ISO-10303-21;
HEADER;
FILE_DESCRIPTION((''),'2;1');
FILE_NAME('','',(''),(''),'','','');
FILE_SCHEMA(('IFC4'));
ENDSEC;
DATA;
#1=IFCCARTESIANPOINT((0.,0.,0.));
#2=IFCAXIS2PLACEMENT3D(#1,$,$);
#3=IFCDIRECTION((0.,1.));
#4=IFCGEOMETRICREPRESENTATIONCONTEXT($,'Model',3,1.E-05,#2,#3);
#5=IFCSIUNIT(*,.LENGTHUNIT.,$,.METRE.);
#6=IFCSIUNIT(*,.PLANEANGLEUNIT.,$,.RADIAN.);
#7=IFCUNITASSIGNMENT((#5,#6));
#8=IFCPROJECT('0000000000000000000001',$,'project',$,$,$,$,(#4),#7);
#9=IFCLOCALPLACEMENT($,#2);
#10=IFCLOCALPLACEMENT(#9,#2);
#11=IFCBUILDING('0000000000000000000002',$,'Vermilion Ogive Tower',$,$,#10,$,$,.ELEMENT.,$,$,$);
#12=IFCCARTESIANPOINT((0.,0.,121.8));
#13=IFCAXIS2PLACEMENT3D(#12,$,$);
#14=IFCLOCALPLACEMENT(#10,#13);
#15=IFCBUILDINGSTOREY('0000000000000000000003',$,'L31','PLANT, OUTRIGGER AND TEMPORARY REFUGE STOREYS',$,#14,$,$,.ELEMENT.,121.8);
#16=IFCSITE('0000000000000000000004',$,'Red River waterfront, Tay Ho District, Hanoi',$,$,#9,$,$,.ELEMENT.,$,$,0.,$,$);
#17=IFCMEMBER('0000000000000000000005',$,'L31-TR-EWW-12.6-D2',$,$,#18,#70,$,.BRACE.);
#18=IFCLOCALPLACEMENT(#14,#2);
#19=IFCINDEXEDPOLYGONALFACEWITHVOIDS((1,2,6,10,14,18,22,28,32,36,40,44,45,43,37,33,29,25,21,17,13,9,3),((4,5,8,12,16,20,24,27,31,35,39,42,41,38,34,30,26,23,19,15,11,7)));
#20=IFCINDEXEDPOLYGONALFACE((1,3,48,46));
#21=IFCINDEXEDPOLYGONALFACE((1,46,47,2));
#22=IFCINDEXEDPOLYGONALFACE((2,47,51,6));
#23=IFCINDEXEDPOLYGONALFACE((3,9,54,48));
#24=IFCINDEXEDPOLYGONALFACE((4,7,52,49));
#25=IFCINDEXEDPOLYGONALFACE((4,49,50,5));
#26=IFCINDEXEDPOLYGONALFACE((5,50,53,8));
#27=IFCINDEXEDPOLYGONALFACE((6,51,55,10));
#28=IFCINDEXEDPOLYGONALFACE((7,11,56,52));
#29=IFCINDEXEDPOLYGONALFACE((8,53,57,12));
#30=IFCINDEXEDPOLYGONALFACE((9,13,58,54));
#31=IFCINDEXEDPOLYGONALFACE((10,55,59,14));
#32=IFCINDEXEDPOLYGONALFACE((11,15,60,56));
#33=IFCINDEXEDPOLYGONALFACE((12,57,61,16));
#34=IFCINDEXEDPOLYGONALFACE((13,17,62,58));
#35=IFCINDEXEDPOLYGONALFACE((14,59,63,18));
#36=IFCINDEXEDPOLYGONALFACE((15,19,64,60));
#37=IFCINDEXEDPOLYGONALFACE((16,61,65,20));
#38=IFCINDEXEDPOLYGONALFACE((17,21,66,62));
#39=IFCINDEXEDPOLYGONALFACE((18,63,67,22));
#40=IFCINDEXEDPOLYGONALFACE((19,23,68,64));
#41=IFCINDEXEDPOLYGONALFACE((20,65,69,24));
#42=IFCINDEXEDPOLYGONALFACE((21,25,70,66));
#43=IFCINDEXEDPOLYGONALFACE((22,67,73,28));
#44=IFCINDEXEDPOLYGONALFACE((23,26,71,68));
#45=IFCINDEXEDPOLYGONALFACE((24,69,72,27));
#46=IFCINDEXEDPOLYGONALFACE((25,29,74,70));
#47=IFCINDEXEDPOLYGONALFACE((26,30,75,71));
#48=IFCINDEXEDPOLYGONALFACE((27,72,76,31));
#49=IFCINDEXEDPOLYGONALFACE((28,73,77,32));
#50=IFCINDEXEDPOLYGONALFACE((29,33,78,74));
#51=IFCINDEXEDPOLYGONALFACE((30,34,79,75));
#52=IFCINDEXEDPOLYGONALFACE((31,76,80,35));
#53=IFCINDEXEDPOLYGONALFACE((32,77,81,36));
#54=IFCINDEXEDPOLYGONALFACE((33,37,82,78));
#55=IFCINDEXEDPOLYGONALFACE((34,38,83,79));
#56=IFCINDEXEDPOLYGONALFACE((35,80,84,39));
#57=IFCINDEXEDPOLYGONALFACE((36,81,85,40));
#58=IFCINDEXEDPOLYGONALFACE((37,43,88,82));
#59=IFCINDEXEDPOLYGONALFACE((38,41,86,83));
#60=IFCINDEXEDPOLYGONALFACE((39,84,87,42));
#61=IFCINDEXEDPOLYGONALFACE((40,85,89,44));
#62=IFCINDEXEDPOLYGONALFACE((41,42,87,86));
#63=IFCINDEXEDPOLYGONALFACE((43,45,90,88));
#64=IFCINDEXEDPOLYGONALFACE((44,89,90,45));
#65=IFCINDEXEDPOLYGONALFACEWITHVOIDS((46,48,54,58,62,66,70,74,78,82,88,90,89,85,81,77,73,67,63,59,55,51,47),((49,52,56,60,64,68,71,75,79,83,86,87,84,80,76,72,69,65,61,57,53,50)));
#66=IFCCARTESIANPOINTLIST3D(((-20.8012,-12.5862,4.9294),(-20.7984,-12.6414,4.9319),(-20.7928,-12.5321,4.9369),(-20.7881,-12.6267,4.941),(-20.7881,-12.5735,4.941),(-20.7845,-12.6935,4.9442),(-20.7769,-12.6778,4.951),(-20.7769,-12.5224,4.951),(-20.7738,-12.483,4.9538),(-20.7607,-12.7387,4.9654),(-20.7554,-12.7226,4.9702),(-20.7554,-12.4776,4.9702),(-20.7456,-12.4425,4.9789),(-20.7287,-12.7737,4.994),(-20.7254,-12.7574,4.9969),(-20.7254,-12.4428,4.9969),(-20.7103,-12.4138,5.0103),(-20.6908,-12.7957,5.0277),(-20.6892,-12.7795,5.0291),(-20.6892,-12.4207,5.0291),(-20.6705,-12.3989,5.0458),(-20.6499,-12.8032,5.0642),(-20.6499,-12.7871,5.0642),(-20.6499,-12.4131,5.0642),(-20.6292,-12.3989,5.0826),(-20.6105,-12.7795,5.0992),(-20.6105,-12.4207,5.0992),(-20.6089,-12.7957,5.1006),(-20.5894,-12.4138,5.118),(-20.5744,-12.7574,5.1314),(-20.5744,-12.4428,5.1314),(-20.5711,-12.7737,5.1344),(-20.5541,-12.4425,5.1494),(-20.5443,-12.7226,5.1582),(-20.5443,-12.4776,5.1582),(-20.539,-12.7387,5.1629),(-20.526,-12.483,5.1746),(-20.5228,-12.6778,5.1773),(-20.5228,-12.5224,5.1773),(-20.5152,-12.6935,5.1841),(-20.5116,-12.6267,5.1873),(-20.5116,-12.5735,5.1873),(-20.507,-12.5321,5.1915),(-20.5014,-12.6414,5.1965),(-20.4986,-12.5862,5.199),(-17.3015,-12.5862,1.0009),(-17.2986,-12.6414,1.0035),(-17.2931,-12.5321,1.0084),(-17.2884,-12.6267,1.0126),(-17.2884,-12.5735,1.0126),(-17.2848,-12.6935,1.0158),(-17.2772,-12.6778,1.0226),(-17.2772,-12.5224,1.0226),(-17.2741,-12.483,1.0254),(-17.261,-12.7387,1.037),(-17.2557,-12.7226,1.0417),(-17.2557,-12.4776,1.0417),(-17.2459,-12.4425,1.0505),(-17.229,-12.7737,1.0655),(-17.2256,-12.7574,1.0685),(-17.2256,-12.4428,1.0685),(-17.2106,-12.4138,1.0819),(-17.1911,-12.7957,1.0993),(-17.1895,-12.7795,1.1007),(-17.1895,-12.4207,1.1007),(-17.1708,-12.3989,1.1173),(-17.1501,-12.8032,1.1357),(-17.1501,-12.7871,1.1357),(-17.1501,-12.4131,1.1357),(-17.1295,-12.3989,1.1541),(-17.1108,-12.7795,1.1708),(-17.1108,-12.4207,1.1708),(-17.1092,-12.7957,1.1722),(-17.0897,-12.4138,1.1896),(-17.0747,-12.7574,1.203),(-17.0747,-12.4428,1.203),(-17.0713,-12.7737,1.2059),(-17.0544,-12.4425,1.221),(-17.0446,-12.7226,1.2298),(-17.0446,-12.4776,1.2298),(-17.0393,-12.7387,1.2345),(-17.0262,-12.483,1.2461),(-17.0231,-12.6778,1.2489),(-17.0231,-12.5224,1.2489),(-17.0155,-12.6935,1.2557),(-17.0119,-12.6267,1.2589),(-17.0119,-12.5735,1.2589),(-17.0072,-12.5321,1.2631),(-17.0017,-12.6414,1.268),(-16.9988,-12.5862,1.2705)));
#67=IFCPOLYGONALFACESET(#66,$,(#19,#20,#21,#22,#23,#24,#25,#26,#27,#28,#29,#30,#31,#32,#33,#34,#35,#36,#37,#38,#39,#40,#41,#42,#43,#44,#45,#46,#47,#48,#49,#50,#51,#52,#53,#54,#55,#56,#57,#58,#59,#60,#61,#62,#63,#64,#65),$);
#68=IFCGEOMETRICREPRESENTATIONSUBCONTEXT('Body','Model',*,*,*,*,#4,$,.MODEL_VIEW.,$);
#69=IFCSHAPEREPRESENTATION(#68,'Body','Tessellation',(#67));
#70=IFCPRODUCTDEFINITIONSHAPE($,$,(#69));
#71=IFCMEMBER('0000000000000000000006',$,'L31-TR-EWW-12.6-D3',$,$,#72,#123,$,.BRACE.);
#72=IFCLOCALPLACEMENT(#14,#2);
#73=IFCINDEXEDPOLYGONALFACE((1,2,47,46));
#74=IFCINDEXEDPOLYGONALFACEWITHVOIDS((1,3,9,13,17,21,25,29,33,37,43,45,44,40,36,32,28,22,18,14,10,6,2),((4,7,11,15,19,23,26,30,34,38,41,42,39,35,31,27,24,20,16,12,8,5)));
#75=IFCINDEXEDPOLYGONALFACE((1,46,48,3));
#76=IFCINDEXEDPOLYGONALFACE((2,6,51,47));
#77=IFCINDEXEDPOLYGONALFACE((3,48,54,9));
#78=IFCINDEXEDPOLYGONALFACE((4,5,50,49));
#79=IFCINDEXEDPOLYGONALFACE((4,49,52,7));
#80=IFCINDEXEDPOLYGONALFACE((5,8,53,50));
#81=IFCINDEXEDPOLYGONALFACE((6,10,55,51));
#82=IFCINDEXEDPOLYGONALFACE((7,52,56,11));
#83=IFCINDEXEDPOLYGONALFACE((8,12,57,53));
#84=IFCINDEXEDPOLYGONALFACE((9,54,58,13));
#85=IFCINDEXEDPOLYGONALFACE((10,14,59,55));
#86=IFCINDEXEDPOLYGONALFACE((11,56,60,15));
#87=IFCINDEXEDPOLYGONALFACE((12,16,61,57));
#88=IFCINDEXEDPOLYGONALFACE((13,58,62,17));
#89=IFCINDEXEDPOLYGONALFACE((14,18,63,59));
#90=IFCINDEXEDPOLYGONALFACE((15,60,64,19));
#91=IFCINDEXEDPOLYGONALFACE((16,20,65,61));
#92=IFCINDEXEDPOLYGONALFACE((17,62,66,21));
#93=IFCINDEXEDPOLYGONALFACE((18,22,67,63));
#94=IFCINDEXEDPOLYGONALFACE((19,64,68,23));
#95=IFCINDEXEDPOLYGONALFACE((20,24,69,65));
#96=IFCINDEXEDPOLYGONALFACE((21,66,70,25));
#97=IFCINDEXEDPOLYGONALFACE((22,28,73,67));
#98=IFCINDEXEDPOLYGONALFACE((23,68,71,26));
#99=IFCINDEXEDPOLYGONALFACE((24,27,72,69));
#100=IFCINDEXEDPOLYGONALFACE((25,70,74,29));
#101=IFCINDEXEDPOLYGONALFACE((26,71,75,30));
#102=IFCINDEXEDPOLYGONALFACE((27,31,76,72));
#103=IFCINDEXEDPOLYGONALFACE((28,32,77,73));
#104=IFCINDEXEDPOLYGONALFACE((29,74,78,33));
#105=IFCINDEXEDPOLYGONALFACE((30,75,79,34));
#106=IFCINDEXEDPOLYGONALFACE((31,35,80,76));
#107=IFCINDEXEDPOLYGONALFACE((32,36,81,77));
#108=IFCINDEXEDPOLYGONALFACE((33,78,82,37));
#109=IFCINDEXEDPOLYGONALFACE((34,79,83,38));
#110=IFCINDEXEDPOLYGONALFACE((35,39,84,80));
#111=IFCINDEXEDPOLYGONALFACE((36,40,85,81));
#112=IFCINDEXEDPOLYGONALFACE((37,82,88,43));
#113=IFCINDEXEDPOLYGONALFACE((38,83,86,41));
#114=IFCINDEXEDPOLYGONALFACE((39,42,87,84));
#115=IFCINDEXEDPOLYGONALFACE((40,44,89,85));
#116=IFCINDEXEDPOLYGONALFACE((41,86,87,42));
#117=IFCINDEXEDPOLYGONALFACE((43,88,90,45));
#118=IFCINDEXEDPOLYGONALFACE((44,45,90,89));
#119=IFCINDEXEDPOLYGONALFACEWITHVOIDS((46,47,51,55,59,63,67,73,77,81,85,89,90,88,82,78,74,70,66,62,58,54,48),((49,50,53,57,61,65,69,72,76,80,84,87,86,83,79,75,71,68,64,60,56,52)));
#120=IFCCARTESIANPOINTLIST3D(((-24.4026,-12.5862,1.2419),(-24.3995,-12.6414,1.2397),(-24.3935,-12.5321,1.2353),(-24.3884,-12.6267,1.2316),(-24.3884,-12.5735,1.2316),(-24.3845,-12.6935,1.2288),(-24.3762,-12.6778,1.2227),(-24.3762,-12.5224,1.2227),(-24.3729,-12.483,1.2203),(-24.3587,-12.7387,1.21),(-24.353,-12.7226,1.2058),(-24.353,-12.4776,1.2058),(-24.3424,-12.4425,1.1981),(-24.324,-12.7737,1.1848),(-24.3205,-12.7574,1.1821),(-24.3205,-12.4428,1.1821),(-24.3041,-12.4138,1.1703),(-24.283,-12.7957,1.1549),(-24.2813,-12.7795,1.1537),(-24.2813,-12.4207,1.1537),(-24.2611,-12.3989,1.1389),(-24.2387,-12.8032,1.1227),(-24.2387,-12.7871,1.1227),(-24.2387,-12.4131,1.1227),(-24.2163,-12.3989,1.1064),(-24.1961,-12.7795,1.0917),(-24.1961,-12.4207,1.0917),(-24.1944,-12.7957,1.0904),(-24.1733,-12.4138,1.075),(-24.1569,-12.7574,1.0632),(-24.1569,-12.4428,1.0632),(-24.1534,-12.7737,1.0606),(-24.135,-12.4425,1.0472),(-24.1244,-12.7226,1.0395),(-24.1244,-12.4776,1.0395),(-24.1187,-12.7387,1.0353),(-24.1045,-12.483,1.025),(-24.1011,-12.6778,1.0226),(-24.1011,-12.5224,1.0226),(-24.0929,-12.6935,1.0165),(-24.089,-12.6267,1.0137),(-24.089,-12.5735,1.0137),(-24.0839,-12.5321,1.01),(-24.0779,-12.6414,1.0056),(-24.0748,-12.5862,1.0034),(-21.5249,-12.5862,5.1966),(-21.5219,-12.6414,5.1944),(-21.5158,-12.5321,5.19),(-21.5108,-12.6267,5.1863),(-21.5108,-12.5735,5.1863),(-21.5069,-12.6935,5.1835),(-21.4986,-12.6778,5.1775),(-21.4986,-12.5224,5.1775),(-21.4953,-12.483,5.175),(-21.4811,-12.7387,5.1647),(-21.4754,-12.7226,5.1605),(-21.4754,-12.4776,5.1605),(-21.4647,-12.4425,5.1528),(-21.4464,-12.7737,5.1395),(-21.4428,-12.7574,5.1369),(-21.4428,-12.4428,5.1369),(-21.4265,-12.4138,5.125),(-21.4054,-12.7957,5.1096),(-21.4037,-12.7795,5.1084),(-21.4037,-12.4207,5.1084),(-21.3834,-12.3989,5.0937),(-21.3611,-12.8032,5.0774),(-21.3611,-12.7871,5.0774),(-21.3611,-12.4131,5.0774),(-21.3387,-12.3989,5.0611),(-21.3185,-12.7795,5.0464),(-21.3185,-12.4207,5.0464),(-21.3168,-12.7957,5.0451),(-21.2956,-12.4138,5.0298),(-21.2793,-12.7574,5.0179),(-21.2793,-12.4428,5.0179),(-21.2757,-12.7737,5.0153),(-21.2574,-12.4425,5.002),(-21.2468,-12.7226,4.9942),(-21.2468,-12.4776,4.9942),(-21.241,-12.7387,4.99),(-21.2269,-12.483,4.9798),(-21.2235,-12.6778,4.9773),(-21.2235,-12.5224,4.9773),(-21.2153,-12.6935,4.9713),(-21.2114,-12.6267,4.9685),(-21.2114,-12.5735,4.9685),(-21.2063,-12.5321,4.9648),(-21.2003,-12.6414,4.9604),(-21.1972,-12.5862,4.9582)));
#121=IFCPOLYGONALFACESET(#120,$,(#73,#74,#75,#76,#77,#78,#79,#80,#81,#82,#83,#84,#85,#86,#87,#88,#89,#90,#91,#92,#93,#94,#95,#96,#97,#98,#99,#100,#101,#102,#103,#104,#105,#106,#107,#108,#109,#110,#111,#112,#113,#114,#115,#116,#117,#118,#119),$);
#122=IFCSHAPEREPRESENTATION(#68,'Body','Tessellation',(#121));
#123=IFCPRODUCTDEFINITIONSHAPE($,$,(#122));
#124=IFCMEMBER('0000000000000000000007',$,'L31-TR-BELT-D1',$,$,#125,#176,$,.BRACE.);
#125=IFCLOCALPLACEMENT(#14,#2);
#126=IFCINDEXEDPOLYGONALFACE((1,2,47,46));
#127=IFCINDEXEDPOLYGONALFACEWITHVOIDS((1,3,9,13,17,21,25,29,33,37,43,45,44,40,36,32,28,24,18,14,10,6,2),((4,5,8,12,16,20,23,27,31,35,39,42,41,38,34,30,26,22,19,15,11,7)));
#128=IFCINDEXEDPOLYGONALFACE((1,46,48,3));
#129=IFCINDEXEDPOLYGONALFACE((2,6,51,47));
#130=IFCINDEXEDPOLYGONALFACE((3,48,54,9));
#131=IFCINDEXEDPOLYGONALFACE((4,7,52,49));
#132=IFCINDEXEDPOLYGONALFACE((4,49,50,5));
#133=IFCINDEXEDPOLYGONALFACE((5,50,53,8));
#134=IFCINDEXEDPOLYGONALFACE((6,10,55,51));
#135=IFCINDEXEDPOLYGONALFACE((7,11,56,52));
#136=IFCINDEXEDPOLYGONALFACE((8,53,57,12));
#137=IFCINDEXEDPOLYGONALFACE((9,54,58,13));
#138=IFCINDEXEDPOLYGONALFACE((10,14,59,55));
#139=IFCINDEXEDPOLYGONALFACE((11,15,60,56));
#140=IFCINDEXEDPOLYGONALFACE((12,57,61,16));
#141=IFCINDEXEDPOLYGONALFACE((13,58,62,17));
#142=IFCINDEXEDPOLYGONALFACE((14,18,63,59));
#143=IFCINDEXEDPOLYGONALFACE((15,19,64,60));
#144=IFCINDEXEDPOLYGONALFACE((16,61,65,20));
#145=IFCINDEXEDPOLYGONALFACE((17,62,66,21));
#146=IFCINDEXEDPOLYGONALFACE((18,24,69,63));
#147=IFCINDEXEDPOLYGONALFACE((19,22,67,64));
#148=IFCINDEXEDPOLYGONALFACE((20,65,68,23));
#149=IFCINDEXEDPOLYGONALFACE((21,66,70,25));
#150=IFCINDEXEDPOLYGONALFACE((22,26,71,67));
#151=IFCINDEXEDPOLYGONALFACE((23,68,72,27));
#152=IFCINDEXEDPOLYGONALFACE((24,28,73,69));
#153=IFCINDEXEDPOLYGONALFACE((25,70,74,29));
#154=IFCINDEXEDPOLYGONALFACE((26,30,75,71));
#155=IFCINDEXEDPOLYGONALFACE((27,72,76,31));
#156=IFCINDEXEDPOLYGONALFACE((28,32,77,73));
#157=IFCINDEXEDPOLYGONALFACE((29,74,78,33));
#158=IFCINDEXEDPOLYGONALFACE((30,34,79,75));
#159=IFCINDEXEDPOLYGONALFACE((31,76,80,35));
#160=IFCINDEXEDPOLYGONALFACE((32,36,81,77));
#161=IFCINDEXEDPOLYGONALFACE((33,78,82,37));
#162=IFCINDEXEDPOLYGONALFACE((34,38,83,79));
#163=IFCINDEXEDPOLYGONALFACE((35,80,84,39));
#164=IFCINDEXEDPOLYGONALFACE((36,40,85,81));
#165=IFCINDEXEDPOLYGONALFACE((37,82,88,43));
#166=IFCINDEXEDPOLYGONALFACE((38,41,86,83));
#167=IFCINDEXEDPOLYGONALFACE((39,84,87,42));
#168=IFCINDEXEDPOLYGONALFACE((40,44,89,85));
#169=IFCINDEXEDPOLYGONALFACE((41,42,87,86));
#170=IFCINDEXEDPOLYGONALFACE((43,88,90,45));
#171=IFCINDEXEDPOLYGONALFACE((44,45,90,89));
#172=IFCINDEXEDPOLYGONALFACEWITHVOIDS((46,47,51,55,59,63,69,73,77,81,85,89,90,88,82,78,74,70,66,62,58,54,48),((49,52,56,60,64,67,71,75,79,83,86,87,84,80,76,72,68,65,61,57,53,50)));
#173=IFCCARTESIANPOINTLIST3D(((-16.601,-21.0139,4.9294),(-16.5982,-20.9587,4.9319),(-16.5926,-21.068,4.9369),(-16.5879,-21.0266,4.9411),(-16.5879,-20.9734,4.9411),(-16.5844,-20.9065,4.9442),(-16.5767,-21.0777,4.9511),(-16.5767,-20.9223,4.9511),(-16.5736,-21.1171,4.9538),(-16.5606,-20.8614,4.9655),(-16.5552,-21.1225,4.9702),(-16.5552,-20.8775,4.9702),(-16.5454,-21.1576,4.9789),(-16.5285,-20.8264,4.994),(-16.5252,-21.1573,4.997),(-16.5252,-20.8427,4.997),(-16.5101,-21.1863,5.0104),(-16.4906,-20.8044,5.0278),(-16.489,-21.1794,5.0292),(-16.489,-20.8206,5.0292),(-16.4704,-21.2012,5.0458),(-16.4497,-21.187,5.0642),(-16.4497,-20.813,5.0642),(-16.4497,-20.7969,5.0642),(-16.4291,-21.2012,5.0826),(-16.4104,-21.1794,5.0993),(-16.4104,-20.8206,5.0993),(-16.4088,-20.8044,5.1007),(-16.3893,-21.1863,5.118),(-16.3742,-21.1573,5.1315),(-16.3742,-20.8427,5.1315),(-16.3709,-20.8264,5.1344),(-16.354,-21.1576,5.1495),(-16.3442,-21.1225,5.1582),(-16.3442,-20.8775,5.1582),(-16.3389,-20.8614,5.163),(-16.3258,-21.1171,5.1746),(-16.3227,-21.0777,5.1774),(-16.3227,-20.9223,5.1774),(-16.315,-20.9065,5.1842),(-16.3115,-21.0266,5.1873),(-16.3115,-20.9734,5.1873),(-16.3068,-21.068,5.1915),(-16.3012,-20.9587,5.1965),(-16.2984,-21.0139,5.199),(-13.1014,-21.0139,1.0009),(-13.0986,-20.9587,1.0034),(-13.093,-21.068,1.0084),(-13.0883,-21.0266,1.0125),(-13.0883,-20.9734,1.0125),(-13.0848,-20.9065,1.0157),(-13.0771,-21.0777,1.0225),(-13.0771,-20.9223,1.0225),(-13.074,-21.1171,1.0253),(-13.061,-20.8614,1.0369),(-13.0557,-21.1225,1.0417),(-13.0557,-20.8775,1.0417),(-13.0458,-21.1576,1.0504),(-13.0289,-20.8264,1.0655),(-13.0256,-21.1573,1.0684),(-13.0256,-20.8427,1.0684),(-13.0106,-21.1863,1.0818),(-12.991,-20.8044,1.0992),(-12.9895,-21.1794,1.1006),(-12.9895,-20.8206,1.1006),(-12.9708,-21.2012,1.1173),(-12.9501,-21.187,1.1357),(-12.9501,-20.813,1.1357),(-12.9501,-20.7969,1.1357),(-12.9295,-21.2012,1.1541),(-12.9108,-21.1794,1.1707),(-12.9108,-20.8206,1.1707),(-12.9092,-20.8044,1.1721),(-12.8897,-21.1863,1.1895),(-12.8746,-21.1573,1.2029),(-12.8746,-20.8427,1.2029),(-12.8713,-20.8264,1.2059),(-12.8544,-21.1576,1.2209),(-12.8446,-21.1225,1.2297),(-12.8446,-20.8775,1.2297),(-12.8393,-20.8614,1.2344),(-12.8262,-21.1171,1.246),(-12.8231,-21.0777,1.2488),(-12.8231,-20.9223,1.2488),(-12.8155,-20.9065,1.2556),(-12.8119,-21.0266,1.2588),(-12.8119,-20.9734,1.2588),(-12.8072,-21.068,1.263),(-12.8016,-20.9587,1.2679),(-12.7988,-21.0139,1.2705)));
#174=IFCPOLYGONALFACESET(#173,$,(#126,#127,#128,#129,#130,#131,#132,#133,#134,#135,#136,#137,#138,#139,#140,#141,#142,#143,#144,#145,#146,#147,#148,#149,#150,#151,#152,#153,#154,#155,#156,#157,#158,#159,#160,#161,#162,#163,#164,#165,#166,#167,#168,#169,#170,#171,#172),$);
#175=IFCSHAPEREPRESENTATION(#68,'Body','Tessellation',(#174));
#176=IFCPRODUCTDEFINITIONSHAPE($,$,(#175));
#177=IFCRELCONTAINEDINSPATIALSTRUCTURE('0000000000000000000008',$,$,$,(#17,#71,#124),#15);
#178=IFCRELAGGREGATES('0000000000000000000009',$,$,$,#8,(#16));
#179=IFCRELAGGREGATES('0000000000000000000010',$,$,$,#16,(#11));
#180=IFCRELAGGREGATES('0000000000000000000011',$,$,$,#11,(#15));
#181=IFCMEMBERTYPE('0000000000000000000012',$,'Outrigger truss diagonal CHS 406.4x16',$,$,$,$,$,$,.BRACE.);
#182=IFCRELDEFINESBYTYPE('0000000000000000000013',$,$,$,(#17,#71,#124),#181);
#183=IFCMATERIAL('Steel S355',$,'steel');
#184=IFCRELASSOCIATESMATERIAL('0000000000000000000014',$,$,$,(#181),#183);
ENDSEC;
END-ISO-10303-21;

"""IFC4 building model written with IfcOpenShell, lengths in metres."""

from ifc_helpers import new_model, si_unit, direction, frame, origin, origin_2d, place, context, subcontext, project, spatial, hollow_circle, extrude, material, material_profile, profile_set, type_object, element, save


model = new_model("IFC4")

# Units and contexts
model_context = context("Model", 3, precision=1e-05, world=origin(), true_north=direction((0.0, 1.0)))
body_context = subcontext(model_context, "Body", "Model", "MODEL_VIEW")
ifc_project = project(units=[si_unit("LENGTHUNIT", "METRE"), si_unit("PLANEANGLEUNIT", "RADIAN")], contexts=[model_context])

# Site, building, storey
site_placement = place(None, origin())
site = spatial("IfcSite", under=ifc_project, at=site_placement, Name="Red River waterfront, Tay Ho District, Hanoi", CompositionType="ELEMENT", RefElevation=0.0)
building_placement = place(site_placement, origin())
building = spatial("IfcBuilding", under=site, at=building_placement, Name="Vermilion Ogive Tower", CompositionType="ELEMENT")
storey_placement = place(building_placement, frame((0.0, 0.0, 121.8)))
storey = spatial("IfcBuildingStorey", under=building, at=storey_placement, Name="L31", Description="PLANT, OUTRIGGER AND TEMPORARY REFUGE STOREYS", CompositionType="ELEMENT", Elevation=121.8)

# Members
ifc_material_1 = material(Name="Steel S355", Category="steel")
ifc_material_profile_1 = material_profile(ifc_material_1, hollow_circle(Radius=0.2031, WallThickness=0.0161, at=origin_2d()), Name="CHS 406.4x16")
ifc_profile_set_1 = profile_set([ifc_material_profile_1], Name="Steel S355")
member_type_1 = type_object("IfcMemberType", Name="Outrigger truss diagonal CHS 406.4x16", PredefinedType="BRACE", material=ifc_profile_set_1)
member_1_placement = place(storey_placement, frame((-17.1501, -12.6001, 1.1357), z_axis=(-0.66519, 0.0, 0.746674), x_axis=(0.0, -1.0, 0.0)))
element("IfcMember", 1, at=member_1_placement, inside=storey, type_object=member_type_1, Name="L31-TR-EWW-12.6-D2", PredefinedType="BRACE", context=body_context, shape_type="SweptSolid", body=[
    extrude(hollow_circle(Radius=0.2031, WallThickness=0.0161, at=origin_2d()), origin(), (0.0, 0.0, 1.0), 5.2612),
])
member_2_placement = place(storey_placement, frame((-21.3611, -12.6001, 5.0774), z_axis=(-0.588365, 0.0, -0.808596), x_axis=(0.0, -1.0, 0.0)))
element("IfcMember", 2, at=member_2_placement, inside=storey, type_object=member_type_1, Name="L31-TR-EWW-12.6-D3", PredefinedType="BRACE", context=body_context, shape_type="SweptSolid", body=[
    extrude(hollow_circle(Radius=0.2031, WallThickness=0.0161, at=origin_2d()), origin(), (0.0, 0.0, 1.0), 4.8909),
])
member_3_placement = place(storey_placement, frame((-16.4497, -21.0, 5.0642), z_axis=(0.665164, 0.0, -0.746697), x_axis=(0.0, 1.0, 0.0)))
element("IfcMember", 3, at=member_3_placement, inside=storey, type_object=member_type_1, Name="L31-TR-BELT-D1", PredefinedType="BRACE", context=body_context, shape_type="SweptSolid", body=[
    extrude(hollow_circle(Radius=0.2031, WallThickness=0.0161, at=origin_2d()), origin(), (0.0, 0.0, 1.0), 5.2612),
])

save(model, "model.ifc")
